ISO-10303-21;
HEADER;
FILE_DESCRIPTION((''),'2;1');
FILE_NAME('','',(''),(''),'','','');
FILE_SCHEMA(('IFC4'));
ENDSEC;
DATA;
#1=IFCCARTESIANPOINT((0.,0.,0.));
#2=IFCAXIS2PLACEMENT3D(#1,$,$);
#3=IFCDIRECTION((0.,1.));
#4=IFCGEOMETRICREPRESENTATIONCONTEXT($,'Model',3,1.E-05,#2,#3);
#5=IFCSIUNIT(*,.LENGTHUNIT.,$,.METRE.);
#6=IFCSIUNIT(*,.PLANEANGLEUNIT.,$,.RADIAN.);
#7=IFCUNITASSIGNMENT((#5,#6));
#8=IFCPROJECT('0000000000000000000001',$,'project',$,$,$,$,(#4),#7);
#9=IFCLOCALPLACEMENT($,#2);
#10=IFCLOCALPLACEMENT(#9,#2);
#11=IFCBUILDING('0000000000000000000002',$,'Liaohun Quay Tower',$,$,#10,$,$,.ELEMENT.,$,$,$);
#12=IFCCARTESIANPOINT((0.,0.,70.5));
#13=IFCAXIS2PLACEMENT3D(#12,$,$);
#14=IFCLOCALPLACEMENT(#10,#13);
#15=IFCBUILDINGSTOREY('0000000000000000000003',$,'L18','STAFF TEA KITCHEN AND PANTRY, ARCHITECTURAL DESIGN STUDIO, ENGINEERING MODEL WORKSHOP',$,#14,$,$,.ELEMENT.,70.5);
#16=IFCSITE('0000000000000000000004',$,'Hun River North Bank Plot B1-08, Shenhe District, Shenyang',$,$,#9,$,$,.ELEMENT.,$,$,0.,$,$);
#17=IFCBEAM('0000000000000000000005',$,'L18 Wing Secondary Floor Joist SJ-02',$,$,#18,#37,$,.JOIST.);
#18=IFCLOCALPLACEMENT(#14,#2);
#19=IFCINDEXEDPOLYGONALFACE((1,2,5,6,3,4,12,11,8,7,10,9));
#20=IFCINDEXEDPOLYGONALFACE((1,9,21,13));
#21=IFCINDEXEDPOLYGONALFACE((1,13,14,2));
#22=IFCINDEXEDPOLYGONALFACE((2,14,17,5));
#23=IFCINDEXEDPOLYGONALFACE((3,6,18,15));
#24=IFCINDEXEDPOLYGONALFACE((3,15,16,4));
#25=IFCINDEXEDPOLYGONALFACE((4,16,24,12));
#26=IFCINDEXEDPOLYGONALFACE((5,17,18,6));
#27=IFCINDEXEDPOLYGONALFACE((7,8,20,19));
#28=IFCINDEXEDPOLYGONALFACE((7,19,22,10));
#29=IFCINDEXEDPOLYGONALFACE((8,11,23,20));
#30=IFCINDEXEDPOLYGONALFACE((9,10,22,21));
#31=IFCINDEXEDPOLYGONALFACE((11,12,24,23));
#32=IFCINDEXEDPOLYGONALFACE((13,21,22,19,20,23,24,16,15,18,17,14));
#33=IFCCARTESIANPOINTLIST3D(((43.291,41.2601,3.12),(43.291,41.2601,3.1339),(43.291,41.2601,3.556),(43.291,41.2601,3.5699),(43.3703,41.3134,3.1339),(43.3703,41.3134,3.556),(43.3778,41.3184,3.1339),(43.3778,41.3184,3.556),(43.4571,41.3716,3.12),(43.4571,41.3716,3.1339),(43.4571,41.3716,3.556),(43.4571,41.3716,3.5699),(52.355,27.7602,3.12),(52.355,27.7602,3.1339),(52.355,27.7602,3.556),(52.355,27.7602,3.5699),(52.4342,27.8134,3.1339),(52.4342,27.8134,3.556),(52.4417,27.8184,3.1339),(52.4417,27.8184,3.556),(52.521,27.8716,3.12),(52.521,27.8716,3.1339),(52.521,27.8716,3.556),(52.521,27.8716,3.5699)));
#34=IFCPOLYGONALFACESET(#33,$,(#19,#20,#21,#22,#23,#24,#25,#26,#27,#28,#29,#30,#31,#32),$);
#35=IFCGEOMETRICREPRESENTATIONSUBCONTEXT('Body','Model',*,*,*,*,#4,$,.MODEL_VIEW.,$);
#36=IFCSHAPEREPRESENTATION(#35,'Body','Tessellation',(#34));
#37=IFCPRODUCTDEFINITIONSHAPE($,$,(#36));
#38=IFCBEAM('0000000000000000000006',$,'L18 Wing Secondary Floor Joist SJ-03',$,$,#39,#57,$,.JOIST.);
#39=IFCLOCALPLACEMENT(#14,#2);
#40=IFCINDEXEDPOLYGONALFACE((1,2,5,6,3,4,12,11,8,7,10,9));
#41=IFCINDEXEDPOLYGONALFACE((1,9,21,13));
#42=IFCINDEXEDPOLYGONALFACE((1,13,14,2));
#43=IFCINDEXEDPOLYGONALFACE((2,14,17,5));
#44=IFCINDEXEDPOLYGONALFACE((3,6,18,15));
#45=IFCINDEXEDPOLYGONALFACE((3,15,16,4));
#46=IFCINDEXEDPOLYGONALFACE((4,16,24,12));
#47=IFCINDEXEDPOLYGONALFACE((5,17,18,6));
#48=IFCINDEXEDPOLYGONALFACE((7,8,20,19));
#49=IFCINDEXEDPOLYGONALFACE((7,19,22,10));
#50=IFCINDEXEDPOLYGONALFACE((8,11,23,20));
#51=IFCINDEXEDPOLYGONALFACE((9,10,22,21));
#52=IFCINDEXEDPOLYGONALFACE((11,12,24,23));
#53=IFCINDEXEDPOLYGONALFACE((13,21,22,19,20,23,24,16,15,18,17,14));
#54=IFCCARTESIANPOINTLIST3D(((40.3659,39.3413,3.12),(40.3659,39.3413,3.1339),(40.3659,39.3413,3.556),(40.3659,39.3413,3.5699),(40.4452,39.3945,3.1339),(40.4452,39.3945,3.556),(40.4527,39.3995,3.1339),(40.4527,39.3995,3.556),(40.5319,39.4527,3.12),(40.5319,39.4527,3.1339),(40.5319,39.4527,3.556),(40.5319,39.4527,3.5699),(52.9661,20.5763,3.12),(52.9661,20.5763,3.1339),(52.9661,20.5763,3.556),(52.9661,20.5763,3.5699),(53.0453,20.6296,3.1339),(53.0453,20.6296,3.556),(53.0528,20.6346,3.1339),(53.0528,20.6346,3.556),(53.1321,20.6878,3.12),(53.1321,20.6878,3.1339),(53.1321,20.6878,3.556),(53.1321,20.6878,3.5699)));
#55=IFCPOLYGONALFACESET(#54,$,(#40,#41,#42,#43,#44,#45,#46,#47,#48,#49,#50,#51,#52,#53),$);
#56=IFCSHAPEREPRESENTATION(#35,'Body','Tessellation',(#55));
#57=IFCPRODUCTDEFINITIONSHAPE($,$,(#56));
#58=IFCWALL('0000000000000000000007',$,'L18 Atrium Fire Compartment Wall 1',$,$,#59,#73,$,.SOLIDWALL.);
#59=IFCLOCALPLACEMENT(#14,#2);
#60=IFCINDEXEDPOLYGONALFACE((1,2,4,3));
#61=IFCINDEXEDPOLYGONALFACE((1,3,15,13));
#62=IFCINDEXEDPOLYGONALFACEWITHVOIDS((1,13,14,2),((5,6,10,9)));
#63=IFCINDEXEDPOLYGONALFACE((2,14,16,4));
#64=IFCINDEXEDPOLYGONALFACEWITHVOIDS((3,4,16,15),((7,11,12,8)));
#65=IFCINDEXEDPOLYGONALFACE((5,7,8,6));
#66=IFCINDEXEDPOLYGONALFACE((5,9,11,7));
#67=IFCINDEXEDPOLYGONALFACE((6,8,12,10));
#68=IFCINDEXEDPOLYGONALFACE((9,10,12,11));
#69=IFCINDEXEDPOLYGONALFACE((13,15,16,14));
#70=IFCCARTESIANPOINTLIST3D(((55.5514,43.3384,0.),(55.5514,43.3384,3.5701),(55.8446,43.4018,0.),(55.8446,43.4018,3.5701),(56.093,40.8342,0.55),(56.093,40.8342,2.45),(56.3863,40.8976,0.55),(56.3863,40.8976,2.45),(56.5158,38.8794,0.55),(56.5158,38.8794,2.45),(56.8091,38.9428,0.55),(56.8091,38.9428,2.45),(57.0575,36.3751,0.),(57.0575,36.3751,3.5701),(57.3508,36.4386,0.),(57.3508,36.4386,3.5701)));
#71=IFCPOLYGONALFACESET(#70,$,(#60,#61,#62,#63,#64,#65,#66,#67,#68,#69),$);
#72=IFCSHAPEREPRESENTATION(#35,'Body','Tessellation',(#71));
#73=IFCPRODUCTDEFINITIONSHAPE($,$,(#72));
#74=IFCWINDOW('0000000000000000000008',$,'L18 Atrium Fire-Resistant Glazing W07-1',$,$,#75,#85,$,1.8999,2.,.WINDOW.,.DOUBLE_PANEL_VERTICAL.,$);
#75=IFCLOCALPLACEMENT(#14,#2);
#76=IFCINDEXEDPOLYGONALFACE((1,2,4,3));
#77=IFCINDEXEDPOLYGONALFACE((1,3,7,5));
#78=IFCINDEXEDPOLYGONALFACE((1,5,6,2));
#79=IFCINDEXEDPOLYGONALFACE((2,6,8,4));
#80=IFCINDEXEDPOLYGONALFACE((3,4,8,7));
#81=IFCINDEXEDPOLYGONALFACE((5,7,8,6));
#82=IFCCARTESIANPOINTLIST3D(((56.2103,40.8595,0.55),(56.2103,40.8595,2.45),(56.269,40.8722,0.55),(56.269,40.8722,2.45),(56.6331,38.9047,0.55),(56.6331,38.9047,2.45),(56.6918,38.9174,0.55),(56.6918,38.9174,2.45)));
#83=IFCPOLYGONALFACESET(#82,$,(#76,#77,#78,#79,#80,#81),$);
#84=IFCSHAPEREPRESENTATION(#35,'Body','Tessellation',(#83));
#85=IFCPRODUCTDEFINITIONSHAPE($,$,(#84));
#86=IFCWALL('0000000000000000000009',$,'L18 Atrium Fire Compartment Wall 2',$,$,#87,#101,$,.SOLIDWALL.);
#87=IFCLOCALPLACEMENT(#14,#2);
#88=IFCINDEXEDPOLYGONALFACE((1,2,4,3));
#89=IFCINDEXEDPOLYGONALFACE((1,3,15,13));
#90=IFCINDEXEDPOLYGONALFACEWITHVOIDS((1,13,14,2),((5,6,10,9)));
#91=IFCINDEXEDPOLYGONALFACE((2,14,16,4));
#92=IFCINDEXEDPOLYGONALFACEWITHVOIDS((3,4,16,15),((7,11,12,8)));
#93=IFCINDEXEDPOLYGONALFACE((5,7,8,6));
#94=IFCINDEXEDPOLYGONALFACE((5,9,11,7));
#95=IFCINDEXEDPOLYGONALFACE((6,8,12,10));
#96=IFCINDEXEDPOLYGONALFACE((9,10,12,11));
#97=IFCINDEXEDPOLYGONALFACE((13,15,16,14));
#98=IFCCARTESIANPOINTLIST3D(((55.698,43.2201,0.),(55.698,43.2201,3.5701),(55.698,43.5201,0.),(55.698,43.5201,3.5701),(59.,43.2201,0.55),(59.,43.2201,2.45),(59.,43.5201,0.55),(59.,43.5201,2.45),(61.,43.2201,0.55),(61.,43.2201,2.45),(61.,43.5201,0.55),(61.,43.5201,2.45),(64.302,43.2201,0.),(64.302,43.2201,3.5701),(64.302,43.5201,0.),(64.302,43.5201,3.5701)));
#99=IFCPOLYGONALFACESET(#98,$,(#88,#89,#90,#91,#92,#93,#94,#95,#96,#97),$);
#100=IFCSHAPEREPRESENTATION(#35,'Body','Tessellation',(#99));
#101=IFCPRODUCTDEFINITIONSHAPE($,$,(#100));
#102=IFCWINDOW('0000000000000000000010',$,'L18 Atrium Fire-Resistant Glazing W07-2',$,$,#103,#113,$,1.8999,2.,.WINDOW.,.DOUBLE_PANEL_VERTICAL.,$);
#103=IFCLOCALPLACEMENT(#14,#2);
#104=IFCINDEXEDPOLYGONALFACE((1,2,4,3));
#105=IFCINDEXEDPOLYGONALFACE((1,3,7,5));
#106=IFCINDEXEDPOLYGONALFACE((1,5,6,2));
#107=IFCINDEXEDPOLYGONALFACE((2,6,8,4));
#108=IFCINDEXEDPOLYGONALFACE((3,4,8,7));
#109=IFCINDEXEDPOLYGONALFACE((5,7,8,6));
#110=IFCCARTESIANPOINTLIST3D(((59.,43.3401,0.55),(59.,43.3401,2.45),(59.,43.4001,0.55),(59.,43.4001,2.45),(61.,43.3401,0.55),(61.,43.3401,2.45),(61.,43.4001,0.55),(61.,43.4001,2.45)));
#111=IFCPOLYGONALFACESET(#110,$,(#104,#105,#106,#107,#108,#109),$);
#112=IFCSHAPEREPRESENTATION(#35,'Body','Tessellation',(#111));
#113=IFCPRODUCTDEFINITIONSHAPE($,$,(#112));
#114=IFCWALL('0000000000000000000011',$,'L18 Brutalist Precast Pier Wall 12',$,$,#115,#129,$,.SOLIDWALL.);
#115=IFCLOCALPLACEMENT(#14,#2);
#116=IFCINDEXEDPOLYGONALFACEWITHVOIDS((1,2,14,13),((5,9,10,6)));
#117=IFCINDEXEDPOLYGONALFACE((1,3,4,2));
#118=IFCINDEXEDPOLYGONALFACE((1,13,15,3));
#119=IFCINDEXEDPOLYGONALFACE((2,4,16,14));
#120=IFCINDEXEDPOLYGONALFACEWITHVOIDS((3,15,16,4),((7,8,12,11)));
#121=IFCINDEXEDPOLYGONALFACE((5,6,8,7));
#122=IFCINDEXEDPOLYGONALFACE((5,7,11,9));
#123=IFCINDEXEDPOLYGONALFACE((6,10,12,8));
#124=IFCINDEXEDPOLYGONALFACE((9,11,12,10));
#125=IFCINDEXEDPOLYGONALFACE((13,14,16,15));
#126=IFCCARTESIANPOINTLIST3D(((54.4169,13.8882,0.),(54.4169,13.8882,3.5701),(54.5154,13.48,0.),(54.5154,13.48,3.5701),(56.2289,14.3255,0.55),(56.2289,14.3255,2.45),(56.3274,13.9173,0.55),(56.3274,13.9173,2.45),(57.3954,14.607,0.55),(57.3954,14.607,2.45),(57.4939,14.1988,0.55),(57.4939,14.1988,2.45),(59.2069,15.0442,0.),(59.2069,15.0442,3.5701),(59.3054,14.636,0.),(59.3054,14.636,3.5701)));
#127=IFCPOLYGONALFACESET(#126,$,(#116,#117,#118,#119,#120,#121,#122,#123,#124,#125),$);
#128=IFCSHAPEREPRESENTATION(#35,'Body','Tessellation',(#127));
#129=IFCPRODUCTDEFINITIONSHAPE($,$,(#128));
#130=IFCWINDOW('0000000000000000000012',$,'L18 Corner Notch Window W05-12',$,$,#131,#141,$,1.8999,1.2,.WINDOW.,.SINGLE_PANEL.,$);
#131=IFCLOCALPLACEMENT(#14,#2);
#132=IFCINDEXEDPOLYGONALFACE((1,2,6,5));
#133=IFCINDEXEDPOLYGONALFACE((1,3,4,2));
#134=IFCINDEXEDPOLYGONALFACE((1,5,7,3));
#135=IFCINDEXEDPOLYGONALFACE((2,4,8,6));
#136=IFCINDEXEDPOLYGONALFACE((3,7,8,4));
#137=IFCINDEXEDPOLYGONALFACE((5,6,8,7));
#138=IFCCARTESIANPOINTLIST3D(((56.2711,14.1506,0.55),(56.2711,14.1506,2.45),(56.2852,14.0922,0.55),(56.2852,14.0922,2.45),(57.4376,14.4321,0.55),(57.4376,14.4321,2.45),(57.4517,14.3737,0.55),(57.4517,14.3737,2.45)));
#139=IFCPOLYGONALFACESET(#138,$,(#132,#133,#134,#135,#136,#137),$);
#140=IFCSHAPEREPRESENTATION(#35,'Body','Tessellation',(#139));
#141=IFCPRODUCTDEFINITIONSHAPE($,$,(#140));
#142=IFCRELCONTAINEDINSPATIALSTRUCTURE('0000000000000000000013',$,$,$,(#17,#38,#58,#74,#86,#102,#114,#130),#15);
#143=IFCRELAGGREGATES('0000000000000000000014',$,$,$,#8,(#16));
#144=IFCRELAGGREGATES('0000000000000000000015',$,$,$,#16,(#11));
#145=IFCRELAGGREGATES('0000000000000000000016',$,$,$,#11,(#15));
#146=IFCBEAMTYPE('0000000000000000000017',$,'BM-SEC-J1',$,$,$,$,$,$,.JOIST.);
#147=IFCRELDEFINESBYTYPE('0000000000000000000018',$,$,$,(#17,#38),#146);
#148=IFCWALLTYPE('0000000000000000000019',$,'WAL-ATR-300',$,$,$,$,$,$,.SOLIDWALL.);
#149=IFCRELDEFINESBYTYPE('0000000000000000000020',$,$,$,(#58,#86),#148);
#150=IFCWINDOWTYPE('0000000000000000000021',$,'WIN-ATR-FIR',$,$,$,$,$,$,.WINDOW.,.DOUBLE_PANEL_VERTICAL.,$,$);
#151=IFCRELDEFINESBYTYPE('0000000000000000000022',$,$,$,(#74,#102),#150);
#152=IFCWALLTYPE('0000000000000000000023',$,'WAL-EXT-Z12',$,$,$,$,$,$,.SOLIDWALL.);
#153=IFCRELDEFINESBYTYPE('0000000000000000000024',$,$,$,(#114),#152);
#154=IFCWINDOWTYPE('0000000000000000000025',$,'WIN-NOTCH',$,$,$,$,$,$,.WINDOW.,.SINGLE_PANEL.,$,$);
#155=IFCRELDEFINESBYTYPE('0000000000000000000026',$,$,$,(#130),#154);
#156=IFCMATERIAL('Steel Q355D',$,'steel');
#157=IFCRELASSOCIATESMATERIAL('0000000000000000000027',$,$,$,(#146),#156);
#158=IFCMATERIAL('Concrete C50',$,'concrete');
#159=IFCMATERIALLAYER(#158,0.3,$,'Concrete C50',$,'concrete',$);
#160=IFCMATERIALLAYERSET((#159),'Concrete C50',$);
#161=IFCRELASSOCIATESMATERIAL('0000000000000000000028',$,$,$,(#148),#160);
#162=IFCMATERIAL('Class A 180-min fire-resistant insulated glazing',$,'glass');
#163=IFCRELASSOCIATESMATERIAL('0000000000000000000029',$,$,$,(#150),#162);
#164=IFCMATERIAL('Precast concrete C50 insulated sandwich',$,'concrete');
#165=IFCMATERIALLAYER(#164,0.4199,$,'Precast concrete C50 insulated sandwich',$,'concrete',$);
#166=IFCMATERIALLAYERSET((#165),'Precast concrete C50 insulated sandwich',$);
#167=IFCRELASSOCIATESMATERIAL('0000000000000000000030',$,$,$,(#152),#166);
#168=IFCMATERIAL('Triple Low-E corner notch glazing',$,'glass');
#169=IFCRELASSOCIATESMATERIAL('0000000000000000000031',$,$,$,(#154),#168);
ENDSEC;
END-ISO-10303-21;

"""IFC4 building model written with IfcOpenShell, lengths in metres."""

from ifc_helpers import new_model, si_unit, direction, frame, frame_2d, origin, origin_2d, place, context, subcontext, project, spatial, rectangle, i_section, extrude, source, transform, mapped, material, layer, layer_set, material_profile, profile_set, type_object, element, fill, save


model = new_model("IFC4")

# Units and contexts
model_context = context("Model", 3, precision=1e-05, world=origin(), true_north=direction((0.0, 1.0)))
body_context = subcontext(model_context, "Body", "Model", "MODEL_VIEW")
ifc_project = project(units=[si_unit("LENGTHUNIT", "METRE"), si_unit("PLANEANGLEUNIT", "RADIAN")], contexts=[model_context])

# Site, building, storey
site_placement = place(None, origin())
site = spatial("IfcSite", under=ifc_project, at=site_placement, Name="Hun River North Bank Plot B1-08, Shenhe District, Shenyang", CompositionType="ELEMENT", RefElevation=0.0)
building_placement = place(site_placement, origin())
building = spatial("IfcBuilding", under=site, at=building_placement, Name="Liaohun Quay Tower", CompositionType="ELEMENT")
storey_placement = place(building_placement, frame((0.0, 0.0, 70.5)))
storey = spatial("IfcBuildingStorey", under=building, at=storey_placement, Name="L18", Description="STAFF TEA KITCHEN AND PANTRY, ARCHITECTURAL DESIGN STUDIO, ENGINEERING MODEL WORKSHOP", CompositionType="ELEMENT", Elevation=70.5)

# Beams
ifc_material_1 = material(Name="Steel Q355D", Category="steel")
ifc_material_profile_1 = material_profile(ifc_material_1, i_section(OverallWidth=0.2, OverallDepth=0.45, WebThickness=0.009, FlangeThickness=0.0139, at=origin_2d()), Name="HN450x200x9x14")
ifc_profile_set_1 = profile_set([ifc_material_profile_1], Name="Steel Q355D")
beam_type_1 = type_object("IfcBeamType", Name="BM-SEC-J1", PredefinedType="JOIST", material=ifc_profile_set_1)
shared_shape_1 = source(origin(), body_context, "Body", "SweptSolid", [
    extrude(i_section(OverallWidth=0.2, OverallDepth=0.45, WebThickness=0.009, FlangeThickness=0.0139, at=origin_2d()), origin(), (0.0, 0.0, 1.0), 16.2605),
])
beam_1_placement = place(storey_placement, frame((52.438, 27.8159, 3.345), z_axis=(-0.557421, 0.83023, 0.0), x_axis=(-0.83023, -0.557421, 0.0)))
element("IfcBeam", 1, at=beam_1_placement, inside=storey, type_object=beam_type_1, Name="L18 Wing Secondary Floor Joist SJ-02", PredefinedType="JOIST", context=body_context, shape_type="MappedRepresentation", body=[
    mapped(shared_shape_1, transform((0.0, 0.0, 0.0), x_axis=(1.0, 0.0, 0.0), y_axis=(0.0, 1.0, 0.0), z_axis=(0.0, 0.0, 1.0), scale=1.0)),
])
shared_shape_2 = source(origin(), body_context, "Body", "SweptSolid", [
    extrude(i_section(OverallWidth=0.2, OverallDepth=0.45, WebThickness=0.009, FlangeThickness=0.0139, at=origin_2d()), origin(), (0.0, 0.0, 1.0), 22.6028),
])
beam_2_placement = place(storey_placement, frame((53.0491, 20.6321, 3.345), z_axis=(-0.557459, 0.830204, 0.0), x_axis=(-0.830204, -0.557459, 0.0)))
element("IfcBeam", 2, at=beam_2_placement, inside=storey, type_object=beam_type_1, Name="L18 Wing Secondary Floor Joist SJ-03", PredefinedType="JOIST", context=body_context, shape_type="MappedRepresentation", body=[
    mapped(shared_shape_2, transform((0.0, 0.0, 0.0), x_axis=(1.0, 0.0, 0.0), y_axis=(0.0, 1.0, 0.0), z_axis=(0.0, 0.0, 1.0), scale=1.0)),
])

# Walls, openings, windows
ifc_material_2 = material(Name="Concrete C50", Category="concrete")
ifc_layer_1 = layer(ifc_material_2, 0.3, Name="Concrete C50", Category="concrete")
ifc_layer_set_1 = layer_set([ifc_layer_1], Name="Concrete C50")
wall_type_1 = type_object("IfcWallType", Name="WAL-ATR-300", PredefinedType="SOLIDWALL", material=ifc_layer_set_1)
wall_1_placement = place(storey_placement, frame((57.2041, 36.407, 0.0), z_axis=(0.0, 0.0, 1.0), x_axis=(-0.211408, 0.977398, 0.0)))
wall_1 = element("IfcWall", 3, at=wall_1_placement, inside=storey, type_object=wall_type_1, Name="L18 Atrium Fire Compartment Wall 1", PredefinedType="SOLIDWALL", context=body_context, shape_type="SweptSolid", body=[
    extrude(rectangle(XDim=7.1243, YDim=0.3, at=frame_2d((3.562, 0.0))), origin(), (0.0, 0.0, 1.0), 3.5701),
])
shared_shape_3 = source(origin(), body_context, "Body", "SweptSolid", [
    extrude(rectangle(XDim=2.0, YDim=1.8999, at=frame_2d((1.0, 0.95))), frame((0.0, 0.1599, 0.0), z_axis=(0.0, -1.0, 0.0), x_axis=(1.0, 0.0, 0.0)), (0.0, 0.0, 1.0), 0.3201),
])
opening_1_placement = place(wall_1_placement, frame((2.562, 0.0, 0.55)))
opening_1 = element("IfcOpeningElement", 4, at=opening_1_placement, cuts=wall_1, PredefinedType="OPENING", context=body_context, shape_type="MappedRepresentation", body=[
    mapped(shared_shape_3, transform((0.0, 0.0, 0.0), x_axis=(1.0, 0.0, 0.0), y_axis=(0.0, 1.0, 0.0), z_axis=(0.0, 0.0, 1.0), scale=1.0)),
])
ifc_material_3 = material(Name="Class A 180-min fire-resistant insulated glazing", Category="glass")
window_type_1 = type_object("IfcWindowType", Name="WIN-ATR-FIR", PartitioningType="DOUBLE_PANEL_VERTICAL", PredefinedType="WINDOW", material=ifc_material_3)
shared_shape_4 = source(origin(), body_context, "Body", "SweptSolid", [
    extrude(rectangle(XDim=2.0, YDim=1.8999, at=frame_2d((1.0, 0.95))), frame((0.0, 0.03, 0.0), z_axis=(0.0, -1.0, 0.0), x_axis=(1.0, 0.0, 0.0)), (0.0, 0.0, 1.0), 0.0601),
])
window_1_placement = place(opening_1_placement, origin())
window_1 = element("IfcWindow", 5, at=window_1_placement, inside=storey, type_object=window_type_1, Name="L18 Atrium Fire-Resistant Glazing W07-1", OverallHeight=1.8999, OverallWidth=2.0, PartitioningType="DOUBLE_PANEL_VERTICAL", PredefinedType="WINDOW", context=body_context, shape_type="MappedRepresentation", body=[
    mapped(shared_shape_4, transform((0.0, 0.0, 0.0), x_axis=(1.0, 0.0, 0.0), y_axis=(0.0, 1.0, 0.0), z_axis=(0.0, 0.0, 1.0), scale=1.0)),
])
fill(opening_1, window_1)
wall_2_placement = place(storey_placement, frame((55.698, 43.3701, 0.0), z_axis=(0.0, 0.0, 1.0), x_axis=(1.0, 0.0, 0.0)))
wall_2 = element("IfcWall", 6, at=wall_2_placement, inside=storey, type_object=wall_type_1, Name="L18 Atrium Fire Compartment Wall 2", PredefinedType="SOLIDWALL", context=body_context, shape_type="SweptSolid", body=[
    extrude(rectangle(XDim=8.604, YDim=0.3, at=frame_2d((4.302, 0.0))), origin(), (0.0, 0.0, 1.0), 3.5701),
])
opening_2_placement = place(wall_2_placement, frame((3.302, 0.0, 0.55)))
opening_2 = element("IfcOpeningElement", 7, at=opening_2_placement, cuts=wall_2, PredefinedType="OPENING", context=body_context, shape_type="MappedRepresentation", body=[
    mapped(shared_shape_3, transform((0.0, 0.0, 0.0), x_axis=(1.0, 0.0, 0.0), y_axis=(0.0, 1.0, 0.0), z_axis=(0.0, 0.0, 1.0), scale=1.0)),
])
window_2_placement = place(opening_2_placement, origin())
window_2 = element("IfcWindow", 8, at=window_2_placement, inside=storey, type_object=window_type_1, Name="L18 Atrium Fire-Resistant Glazing W07-2", OverallHeight=1.8999, OverallWidth=2.0, PartitioningType="DOUBLE_PANEL_VERTICAL", PredefinedType="WINDOW", context=body_context, shape_type="MappedRepresentation", body=[
    mapped(shared_shape_4, transform((0.0, 0.0, 0.0), x_axis=(1.0, 0.0, 0.0), y_axis=(0.0, 1.0, 0.0), z_axis=(0.0, 0.0, 1.0), scale=1.0)),
])
fill(opening_2, window_2)
ifc_material_4 = material(Name="Precast concrete C50 insulated sandwich", Category="concrete")
ifc_layer_2 = layer(ifc_material_4, 0.4199, Name="Precast concrete C50 insulated sandwich", Category="concrete")
ifc_layer_set_2 = layer_set([ifc_layer_2], Name="Precast concrete C50 insulated sandwich")
wall_type_2 = type_object("IfcWallType", Name="WAL-EXT-Z12", PredefinedType="SOLIDWALL", material=ifc_layer_set_2)
wall_3_placement = place(storey_placement, frame((54.4661, 13.6841, 0.0), z_axis=(0.0, 0.0, 1.0), x_axis=(0.972092, 0.2346, 0.0)))
wall_3 = element("IfcWall", 9, at=wall_3_placement, inside=storey, type_object=wall_type_2, Name="L18 Brutalist Precast Pier Wall 12", PredefinedType="SOLIDWALL", context=body_context, shape_type="SweptSolid", body=[
    extrude(rectangle(XDim=4.9275, YDim=0.4199, at=frame_2d((2.4639, 0.0))), origin(), (0.0, 0.0, 1.0), 3.5701),
])
shared_shape_5 = source(origin(), body_context, "Body", "SweptSolid", [
    extrude(rectangle(XDim=1.2, YDim=1.8999, at=frame_2d((0.6001, 0.95))), frame((0.0, 0.22, 0.0), z_axis=(0.0, -1.0, 0.0), x_axis=(1.0, 0.0, 0.0)), (0.0, 0.0, 1.0), 0.4399),
])
opening_3_placement = place(wall_3_placement, frame((1.864, 0.0, 0.55)))
opening_3 = element("IfcOpeningElement", 10, at=opening_3_placement, cuts=wall_3, PredefinedType="OPENING", context=body_context, shape_type="MappedRepresentation", body=[
    mapped(shared_shape_5, transform((0.0, 0.0, 0.0), x_axis=(1.0, 0.0, 0.0), y_axis=(0.0, 1.0, 0.0), z_axis=(0.0, 0.0, 1.0), scale=1.0)),
])
ifc_material_5 = material(Name="Triple Low-E corner notch glazing", Category="glass")
window_type_2 = type_object("IfcWindowType", Name="WIN-NOTCH", PartitioningType="SINGLE_PANEL", PredefinedType="WINDOW", material=ifc_material_5)
shared_shape_6 = source(origin(), body_context, "Body", "SweptSolid", [
    extrude(rectangle(XDim=1.2, YDim=1.8999, at=frame_2d((0.6001, 0.95))), frame((0.0, 0.03, 0.0), z_axis=(0.0, -1.0, 0.0), x_axis=(1.0, 0.0, 0.0)), (0.0, 0.0, 1.0), 0.0601),
])
window_3_placement = place(opening_3_placement, origin())
window_3 = element("IfcWindow", 11, at=window_3_placement, inside=storey, type_object=window_type_2, Name="L18 Corner Notch Window W05-12", OverallHeight=1.8999, OverallWidth=1.2, PartitioningType="SINGLE_PANEL", PredefinedType="WINDOW", context=body_context, shape_type="MappedRepresentation", body=[
    mapped(shared_shape_6, transform((0.0, 0.0, 0.0), x_axis=(1.0, 0.0, 0.0), y_axis=(0.0, 1.0, 0.0), z_axis=(0.0, 0.0, 1.0), scale=1.0)),
])
fill(opening_3, window_3)

save(model, "model.ifc")
